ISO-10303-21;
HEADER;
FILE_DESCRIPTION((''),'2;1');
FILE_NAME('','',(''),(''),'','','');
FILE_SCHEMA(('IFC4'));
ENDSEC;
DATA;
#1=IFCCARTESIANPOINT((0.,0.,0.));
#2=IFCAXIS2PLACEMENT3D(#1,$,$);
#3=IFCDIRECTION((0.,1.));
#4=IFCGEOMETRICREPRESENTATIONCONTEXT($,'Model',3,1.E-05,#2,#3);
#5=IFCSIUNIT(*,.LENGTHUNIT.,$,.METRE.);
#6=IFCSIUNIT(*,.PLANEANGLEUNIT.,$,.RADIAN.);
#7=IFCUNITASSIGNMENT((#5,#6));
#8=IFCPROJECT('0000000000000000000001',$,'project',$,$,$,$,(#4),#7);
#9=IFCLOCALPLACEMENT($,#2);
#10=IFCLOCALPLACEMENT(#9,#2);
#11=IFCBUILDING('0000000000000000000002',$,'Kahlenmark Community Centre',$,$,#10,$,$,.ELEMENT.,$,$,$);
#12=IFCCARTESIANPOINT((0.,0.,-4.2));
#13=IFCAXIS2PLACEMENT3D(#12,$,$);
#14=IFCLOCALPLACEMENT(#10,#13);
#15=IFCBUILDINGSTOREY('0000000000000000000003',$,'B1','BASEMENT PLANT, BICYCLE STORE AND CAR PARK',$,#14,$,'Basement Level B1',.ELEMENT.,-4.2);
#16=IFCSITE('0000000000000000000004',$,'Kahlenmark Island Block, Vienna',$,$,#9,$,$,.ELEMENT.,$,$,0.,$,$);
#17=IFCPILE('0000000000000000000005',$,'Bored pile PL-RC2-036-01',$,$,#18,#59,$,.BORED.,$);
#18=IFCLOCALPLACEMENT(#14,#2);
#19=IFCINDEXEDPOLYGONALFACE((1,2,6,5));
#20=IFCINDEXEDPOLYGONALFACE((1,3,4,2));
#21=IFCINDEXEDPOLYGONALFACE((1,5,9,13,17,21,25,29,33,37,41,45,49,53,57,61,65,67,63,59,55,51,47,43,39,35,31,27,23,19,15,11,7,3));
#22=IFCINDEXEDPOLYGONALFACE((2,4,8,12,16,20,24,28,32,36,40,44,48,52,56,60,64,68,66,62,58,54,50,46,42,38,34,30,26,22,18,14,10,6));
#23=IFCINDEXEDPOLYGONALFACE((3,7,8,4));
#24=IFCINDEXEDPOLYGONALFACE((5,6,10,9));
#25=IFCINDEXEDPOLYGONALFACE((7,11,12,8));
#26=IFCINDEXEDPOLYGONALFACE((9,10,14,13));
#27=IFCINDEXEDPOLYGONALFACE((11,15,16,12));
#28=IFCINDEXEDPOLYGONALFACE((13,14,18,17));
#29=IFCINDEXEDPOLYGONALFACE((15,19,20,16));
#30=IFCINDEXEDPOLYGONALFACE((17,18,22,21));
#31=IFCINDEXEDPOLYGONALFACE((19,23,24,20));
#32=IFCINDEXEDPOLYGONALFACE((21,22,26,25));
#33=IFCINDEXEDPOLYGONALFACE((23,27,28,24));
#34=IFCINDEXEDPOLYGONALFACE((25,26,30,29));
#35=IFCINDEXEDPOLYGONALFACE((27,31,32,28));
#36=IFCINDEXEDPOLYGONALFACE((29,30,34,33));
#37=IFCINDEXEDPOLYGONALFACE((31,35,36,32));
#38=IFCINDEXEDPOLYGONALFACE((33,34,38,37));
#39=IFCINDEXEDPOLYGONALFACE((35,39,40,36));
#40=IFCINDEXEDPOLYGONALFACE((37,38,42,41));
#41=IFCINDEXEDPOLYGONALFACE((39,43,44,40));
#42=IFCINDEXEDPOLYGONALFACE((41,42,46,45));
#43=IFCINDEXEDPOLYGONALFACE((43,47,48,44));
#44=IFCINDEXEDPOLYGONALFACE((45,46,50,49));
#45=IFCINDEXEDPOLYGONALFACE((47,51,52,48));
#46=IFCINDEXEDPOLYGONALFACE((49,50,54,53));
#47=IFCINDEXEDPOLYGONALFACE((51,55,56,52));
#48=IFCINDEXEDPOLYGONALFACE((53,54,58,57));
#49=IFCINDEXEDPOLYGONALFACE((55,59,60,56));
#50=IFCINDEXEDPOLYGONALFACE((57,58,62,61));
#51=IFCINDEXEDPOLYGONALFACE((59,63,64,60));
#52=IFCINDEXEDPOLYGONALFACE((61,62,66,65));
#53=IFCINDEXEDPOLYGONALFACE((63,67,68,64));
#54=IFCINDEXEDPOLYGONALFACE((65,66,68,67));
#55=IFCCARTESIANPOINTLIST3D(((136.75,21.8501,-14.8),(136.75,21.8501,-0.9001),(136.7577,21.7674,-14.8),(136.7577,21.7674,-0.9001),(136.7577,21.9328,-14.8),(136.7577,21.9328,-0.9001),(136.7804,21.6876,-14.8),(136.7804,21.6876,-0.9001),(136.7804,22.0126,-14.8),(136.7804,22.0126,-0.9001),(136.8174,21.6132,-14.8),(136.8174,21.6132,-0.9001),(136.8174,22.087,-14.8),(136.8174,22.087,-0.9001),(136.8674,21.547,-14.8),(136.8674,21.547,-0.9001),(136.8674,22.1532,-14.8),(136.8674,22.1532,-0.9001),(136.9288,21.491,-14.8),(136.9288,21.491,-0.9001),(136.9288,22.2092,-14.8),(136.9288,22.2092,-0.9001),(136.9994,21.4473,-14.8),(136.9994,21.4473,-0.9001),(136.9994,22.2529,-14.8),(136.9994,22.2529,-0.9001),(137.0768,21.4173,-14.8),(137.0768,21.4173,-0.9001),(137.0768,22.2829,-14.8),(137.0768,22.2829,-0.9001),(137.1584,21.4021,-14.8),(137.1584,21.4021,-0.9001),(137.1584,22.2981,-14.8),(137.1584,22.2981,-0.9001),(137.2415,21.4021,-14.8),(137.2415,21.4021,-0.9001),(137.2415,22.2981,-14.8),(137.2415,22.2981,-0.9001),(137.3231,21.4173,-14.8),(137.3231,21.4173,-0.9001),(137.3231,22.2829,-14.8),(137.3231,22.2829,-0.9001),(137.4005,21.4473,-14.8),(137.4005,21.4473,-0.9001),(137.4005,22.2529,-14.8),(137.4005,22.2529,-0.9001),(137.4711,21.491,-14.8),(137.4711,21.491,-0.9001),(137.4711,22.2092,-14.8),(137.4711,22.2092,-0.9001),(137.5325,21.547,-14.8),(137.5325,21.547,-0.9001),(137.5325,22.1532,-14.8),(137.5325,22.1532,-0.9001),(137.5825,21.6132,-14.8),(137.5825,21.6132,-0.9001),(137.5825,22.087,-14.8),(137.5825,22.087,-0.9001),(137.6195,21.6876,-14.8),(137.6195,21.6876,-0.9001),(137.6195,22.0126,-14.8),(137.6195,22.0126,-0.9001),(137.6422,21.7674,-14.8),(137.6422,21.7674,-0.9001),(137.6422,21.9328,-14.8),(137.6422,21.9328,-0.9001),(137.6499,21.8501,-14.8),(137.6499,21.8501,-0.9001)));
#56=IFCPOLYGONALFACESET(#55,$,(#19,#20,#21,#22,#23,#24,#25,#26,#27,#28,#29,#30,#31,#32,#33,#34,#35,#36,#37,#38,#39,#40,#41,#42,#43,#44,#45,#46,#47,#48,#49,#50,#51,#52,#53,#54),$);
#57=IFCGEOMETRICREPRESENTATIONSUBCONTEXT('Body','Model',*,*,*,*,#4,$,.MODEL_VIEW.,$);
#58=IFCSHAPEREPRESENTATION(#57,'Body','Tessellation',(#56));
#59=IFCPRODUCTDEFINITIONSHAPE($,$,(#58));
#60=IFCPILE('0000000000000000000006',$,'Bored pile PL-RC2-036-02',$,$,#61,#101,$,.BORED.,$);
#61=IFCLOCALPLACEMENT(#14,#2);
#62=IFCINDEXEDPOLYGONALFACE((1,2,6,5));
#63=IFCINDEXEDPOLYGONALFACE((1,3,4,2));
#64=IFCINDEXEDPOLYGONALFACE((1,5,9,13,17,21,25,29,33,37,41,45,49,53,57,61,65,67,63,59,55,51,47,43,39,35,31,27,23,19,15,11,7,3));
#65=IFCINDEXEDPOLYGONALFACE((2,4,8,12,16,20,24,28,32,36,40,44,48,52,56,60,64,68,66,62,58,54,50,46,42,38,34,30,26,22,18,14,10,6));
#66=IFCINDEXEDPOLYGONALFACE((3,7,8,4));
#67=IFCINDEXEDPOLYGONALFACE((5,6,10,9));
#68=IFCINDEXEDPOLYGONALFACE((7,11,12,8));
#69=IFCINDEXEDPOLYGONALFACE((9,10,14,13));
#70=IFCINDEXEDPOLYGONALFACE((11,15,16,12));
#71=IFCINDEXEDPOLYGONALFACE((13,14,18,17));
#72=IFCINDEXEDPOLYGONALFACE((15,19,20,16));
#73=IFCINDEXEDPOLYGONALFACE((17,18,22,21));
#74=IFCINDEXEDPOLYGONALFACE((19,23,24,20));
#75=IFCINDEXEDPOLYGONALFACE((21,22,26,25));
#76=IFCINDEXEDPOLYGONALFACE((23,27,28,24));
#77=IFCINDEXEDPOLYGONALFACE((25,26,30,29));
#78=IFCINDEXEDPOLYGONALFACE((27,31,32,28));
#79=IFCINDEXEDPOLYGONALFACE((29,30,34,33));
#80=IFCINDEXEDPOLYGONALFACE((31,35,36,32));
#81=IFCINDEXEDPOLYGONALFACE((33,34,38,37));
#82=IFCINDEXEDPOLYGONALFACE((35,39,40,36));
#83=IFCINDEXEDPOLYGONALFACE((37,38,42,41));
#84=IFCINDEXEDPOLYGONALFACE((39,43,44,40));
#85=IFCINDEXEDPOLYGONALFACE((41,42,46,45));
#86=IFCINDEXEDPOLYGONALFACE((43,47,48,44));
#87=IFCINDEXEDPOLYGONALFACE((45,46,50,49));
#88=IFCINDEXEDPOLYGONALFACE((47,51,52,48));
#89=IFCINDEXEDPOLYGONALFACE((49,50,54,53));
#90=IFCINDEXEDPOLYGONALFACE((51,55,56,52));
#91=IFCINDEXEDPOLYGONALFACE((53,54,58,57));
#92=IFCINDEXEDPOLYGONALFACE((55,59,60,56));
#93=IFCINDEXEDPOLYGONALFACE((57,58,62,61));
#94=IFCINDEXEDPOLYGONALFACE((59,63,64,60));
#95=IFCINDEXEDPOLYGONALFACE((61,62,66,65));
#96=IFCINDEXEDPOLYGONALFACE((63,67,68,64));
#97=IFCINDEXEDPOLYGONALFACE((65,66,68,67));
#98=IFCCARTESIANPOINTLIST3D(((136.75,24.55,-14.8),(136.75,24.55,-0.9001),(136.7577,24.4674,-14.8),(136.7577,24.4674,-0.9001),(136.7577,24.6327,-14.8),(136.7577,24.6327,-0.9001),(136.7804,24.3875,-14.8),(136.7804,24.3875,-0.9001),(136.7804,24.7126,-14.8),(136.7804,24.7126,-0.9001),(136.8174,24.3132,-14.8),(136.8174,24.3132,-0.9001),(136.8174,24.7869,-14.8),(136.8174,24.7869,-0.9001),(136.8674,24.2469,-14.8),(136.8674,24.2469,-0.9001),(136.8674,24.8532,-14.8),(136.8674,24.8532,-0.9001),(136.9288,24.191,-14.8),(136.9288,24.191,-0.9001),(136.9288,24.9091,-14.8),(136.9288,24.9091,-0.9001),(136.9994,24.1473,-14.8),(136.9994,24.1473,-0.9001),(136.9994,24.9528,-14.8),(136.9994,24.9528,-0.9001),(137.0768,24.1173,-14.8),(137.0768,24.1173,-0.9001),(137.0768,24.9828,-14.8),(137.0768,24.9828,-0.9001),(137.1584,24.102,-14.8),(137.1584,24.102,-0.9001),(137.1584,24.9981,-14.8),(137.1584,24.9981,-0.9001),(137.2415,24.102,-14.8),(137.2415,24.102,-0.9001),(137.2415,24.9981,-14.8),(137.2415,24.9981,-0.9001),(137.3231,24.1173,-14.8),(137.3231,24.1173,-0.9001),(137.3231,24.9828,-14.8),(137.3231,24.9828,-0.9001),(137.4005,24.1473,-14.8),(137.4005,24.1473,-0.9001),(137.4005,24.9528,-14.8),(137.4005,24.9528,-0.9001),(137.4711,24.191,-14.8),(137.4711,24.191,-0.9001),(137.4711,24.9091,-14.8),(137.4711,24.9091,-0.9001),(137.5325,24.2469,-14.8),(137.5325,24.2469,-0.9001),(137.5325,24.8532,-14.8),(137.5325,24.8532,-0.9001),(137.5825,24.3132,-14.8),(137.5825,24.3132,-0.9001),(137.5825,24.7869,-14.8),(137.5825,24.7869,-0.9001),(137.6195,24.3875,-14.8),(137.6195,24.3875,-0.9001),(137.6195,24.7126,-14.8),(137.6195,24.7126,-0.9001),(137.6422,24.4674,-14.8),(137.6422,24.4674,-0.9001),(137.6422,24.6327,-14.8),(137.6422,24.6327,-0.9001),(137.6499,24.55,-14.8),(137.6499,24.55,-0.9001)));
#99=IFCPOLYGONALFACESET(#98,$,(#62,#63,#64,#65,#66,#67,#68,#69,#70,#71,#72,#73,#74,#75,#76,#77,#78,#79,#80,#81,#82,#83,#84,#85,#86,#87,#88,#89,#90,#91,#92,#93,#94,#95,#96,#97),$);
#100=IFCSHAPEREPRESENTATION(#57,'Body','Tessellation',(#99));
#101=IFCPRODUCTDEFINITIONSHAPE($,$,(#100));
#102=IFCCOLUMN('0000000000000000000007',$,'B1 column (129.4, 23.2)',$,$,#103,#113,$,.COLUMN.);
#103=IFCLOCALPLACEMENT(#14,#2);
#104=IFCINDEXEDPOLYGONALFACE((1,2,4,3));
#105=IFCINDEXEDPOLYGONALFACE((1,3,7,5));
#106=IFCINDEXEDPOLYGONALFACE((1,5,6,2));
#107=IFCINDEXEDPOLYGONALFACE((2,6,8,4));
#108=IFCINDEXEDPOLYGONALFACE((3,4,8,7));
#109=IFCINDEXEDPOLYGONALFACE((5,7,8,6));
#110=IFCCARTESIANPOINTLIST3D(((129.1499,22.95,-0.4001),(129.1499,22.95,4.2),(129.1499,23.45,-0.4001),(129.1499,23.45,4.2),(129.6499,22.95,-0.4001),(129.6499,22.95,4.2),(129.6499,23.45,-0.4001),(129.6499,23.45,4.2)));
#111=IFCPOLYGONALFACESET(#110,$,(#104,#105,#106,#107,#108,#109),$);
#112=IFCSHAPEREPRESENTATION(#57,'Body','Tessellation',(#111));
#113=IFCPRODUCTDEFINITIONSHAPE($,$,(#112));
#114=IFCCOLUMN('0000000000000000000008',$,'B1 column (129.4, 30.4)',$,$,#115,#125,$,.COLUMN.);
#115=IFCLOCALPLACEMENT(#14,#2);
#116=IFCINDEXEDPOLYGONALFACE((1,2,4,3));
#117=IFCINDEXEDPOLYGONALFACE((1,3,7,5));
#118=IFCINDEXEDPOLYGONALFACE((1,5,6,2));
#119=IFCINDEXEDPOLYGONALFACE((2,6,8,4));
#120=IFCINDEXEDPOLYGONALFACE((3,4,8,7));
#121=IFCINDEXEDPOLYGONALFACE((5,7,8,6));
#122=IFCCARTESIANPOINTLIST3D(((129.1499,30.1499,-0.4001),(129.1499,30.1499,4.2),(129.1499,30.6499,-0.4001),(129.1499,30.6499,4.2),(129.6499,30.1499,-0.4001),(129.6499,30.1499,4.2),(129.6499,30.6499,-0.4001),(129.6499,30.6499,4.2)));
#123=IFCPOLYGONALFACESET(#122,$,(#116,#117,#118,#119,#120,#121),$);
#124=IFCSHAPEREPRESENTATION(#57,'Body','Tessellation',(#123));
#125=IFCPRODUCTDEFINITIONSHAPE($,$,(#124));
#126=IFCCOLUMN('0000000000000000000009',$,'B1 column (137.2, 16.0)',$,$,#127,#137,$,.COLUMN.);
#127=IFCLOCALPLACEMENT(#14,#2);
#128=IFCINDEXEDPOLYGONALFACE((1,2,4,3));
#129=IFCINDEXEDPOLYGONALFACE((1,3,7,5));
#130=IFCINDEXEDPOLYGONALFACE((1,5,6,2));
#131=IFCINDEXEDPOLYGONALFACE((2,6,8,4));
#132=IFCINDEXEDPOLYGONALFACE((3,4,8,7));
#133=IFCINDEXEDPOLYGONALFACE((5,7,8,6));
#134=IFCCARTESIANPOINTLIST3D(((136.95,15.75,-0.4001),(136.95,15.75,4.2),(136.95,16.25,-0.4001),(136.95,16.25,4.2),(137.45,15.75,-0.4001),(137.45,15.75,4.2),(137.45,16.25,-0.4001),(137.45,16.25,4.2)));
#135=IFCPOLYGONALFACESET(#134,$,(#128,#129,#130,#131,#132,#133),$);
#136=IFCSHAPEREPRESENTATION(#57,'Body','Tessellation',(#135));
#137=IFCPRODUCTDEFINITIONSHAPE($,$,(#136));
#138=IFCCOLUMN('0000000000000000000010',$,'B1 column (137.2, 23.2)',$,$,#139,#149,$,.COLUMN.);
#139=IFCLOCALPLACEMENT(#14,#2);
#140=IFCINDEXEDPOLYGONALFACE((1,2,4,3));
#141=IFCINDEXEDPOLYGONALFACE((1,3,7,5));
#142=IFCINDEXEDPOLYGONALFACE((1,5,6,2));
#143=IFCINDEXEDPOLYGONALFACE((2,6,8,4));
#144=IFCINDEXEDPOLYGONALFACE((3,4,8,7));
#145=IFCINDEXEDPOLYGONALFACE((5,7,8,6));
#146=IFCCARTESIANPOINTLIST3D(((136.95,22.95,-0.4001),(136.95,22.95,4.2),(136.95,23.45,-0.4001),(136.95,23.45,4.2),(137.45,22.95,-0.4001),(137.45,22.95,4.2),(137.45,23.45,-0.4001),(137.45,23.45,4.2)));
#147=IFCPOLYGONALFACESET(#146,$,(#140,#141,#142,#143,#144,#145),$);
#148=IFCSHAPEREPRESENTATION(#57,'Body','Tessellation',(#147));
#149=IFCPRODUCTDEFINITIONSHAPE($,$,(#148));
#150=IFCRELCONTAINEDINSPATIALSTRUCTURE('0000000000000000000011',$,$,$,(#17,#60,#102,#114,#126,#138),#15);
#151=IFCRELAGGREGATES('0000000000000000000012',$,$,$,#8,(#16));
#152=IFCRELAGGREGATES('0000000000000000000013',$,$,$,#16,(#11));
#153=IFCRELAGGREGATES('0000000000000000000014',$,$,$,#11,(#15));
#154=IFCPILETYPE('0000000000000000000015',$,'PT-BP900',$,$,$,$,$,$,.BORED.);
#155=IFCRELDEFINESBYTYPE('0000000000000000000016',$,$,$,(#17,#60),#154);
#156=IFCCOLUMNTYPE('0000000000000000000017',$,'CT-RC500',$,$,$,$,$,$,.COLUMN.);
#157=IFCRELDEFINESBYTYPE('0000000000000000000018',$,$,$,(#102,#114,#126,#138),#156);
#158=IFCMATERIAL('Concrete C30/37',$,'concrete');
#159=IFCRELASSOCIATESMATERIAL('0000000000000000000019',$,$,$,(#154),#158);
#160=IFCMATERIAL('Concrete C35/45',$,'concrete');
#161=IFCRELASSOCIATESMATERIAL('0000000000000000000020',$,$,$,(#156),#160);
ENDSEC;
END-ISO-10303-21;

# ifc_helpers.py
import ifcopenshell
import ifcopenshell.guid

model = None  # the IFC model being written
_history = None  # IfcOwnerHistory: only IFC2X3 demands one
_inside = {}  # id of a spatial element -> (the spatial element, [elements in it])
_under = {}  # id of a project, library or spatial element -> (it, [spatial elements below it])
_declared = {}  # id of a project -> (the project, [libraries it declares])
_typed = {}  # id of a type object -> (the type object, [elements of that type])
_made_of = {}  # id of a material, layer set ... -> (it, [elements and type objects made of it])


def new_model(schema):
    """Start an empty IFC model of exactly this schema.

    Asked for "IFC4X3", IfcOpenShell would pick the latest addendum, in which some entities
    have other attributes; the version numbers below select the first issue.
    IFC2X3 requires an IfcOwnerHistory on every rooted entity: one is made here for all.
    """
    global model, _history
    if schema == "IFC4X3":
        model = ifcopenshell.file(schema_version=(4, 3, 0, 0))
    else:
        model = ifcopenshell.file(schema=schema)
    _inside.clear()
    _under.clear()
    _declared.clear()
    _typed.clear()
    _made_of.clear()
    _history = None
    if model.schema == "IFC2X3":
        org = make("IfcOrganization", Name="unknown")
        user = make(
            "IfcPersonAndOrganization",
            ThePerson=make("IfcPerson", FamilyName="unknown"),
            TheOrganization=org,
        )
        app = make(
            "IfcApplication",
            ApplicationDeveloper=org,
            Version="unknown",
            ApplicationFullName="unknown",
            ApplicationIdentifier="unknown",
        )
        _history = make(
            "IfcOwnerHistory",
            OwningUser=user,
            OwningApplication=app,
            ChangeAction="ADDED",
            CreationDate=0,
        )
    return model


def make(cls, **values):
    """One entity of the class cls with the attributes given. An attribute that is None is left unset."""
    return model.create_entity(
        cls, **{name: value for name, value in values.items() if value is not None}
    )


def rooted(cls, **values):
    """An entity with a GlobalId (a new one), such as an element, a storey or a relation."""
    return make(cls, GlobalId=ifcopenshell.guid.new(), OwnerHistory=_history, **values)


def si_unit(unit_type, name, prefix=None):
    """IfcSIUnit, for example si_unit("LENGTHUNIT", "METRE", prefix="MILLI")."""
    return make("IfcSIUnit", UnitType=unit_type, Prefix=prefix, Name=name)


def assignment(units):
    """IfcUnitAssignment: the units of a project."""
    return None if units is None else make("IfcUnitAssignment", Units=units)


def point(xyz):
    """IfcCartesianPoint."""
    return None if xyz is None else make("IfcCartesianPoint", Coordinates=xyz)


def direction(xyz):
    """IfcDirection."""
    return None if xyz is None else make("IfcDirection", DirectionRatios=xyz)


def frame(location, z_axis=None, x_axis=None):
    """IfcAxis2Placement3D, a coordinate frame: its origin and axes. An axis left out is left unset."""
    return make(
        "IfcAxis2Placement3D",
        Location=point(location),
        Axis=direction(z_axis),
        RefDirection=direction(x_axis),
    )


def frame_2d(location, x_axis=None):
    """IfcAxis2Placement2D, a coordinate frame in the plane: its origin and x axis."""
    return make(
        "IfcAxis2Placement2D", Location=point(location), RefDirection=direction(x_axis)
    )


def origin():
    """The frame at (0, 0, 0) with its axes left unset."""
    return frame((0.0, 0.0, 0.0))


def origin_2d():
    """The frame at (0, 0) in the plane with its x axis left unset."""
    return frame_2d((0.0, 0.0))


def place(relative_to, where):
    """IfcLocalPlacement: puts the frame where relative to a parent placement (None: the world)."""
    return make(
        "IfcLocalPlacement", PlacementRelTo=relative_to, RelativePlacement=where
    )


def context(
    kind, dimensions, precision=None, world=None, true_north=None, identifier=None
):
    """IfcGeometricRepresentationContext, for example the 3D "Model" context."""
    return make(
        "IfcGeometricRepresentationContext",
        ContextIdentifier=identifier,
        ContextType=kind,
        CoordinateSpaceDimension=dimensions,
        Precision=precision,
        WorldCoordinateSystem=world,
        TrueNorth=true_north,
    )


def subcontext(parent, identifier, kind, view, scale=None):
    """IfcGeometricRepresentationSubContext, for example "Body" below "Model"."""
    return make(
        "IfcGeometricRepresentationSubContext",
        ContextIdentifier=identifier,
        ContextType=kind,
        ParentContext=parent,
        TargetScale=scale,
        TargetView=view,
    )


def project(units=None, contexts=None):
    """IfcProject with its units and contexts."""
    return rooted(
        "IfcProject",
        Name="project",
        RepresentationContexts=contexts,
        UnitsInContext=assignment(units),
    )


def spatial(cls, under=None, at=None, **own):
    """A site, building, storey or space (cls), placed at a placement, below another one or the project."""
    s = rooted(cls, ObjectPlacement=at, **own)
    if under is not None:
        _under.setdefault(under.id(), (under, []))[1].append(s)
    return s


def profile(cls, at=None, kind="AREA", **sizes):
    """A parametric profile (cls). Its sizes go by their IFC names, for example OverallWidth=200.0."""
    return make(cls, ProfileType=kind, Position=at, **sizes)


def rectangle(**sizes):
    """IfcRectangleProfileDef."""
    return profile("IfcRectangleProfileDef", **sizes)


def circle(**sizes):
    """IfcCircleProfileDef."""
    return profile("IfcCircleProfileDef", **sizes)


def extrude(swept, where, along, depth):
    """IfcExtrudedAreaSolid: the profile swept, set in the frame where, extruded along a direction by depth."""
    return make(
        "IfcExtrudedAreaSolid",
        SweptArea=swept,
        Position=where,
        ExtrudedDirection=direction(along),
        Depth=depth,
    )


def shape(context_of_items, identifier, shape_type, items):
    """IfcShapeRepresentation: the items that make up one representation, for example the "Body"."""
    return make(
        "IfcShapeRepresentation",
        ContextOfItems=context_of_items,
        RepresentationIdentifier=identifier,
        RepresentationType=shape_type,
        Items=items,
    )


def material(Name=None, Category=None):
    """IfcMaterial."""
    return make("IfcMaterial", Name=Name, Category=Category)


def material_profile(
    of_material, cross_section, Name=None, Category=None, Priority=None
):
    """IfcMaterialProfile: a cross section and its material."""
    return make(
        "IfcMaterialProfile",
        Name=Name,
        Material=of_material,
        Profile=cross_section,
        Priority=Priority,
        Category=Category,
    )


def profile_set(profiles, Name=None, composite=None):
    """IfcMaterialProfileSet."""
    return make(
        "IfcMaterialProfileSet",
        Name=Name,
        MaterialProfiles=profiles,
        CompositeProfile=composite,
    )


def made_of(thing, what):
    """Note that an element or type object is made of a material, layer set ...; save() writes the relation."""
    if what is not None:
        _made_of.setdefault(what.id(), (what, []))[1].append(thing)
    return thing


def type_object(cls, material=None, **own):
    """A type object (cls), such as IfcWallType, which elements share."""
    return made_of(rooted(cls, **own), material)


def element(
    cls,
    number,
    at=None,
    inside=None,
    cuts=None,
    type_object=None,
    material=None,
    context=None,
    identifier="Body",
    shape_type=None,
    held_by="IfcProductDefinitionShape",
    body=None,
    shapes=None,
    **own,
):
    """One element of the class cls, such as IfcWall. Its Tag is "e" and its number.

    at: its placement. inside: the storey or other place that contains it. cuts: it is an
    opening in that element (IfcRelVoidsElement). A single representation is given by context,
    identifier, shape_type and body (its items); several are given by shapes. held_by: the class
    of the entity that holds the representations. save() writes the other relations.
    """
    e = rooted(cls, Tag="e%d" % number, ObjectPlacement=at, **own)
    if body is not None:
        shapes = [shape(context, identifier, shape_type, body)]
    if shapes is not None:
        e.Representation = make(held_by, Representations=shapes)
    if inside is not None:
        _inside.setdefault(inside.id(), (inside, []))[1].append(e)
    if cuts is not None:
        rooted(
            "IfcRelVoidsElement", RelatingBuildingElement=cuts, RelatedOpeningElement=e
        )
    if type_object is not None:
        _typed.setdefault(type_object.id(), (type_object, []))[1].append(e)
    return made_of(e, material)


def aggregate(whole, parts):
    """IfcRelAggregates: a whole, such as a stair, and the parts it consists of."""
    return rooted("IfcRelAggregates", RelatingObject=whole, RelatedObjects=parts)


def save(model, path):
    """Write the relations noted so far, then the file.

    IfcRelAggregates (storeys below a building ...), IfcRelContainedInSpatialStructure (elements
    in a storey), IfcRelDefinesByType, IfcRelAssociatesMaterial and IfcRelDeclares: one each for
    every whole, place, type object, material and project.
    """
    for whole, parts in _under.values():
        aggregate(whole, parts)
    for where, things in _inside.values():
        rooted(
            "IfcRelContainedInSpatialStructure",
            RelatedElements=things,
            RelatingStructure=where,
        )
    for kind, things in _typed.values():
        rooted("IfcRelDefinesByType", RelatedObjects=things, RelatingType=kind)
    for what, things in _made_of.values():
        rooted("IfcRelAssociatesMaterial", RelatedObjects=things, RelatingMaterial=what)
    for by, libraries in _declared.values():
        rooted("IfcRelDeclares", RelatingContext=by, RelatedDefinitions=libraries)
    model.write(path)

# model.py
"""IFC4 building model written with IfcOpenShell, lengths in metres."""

from ifc_helpers import new_model, si_unit, direction, frame, origin, origin_2d, place, context, subcontext, project, spatial, rectangle, circle, extrude, material, material_profile, profile_set, type_object, element, save


model = new_model("IFC4")

# Units and contexts
model_context = context("Model", 3, precision=1e-05, world=origin(), true_north=direction((0.0, 1.0)))
body_context = subcontext(model_context, "Body", "Model", "MODEL_VIEW")
ifc_project = project(units=[si_unit("LENGTHUNIT", "METRE"), si_unit("PLANEANGLEUNIT", "RADIAN")], contexts=[model_context])

# Site, building, storey
site_placement = place(None, origin())
site = spatial("IfcSite", under=ifc_project, at=site_placement, Name="Kahlenmark Island Block, Vienna", CompositionType="ELEMENT", RefElevation=0.0)
building_placement = place(site_placement, origin())
building = spatial("IfcBuilding", under=site, at=building_placement, Name="Kahlenmark Community Centre", CompositionType="ELEMENT")
storey_placement = place(building_placement, frame((0.0, 0.0, -4.2)))
storey = spatial("IfcBuildingStorey", under=building, at=storey_placement, Name="B1", Description="BASEMENT PLANT, BICYCLE STORE AND CAR PARK", LongName="Basement Level B1", CompositionType="ELEMENT", Elevation=-4.2)

# Shared definitions
ifc_material_1 = material(Name="Concrete C30/37", Category="concrete")

# Piles
ifc_material_profile_1 = material_profile(ifc_material_1, circle(Radius=0.45, at=origin_2d()), Name="BORED PILE 900")
ifc_profile_set_1 = profile_set([ifc_material_profile_1], Name="Concrete C30/37")
pile_type_1 = type_object("IfcPileType", Name="PT-BP900", PredefinedType="BORED", material=ifc_profile_set_1)
for number, where, z_axis, x_axis, name in (
    (1, (137.2, 21.8501, -0.9001), (0.0, 0.0, -1.0), (1.0, 0.0, 0.0), "Bored pile PL-RC2-036-01"),
    (2, (137.2, 24.55, -0.9001), (0.0, 0.0, -1.0), (1.0, 0.0, 0.0), "Bored pile PL-RC2-036-02"),
):
    element("IfcPile", number, at=place(storey_placement, frame(where, z_axis=z_axis, x_axis=x_axis)), inside=storey, type_object=pile_type_1, Name=name, PredefinedType="BORED", context=body_context, shape_type="SweptSolid", body=[
        extrude(circle(Radius=0.45, at=origin_2d()), origin(), (0.0, 0.0, 1.0), 13.8999),
    ])

# Columns
ifc_material_2 = material(Name="Concrete C35/45", Category="concrete")
ifc_material_profile_2 = material_profile(ifc_material_2, rectangle(XDim=0.5, YDim=0.5, at=origin_2d()), Name="RC 500x500")
ifc_profile_set_2 = profile_set([ifc_material_profile_2], Name="Concrete C35/45")
column_type = type_object("IfcColumnType", Name="CT-RC500", PredefinedType="COLUMN", material=ifc_profile_set_2)
for number, where, z_axis, x_axis, name in (
    (3, (129.3999, 23.2, -0.4001), (0.0, 0.0, 1.0), (1.0, 0.0, 0.0), "B1 column (129.4, 23.2)"),
    (4, (129.3999, 30.3999, -0.4001), (0.0, 0.0, 1.0), (1.0, 0.0, 0.0), "B1 column (129.4, 30.4)"),
    (5, (137.2, 16.0, -0.4001), (0.0, 0.0, 1.0), (1.0, 0.0, 0.0), "B1 column (137.2, 16.0)"),
    (6, (137.2, 23.2, -0.4001), (0.0, 0.0, 1.0), (1.0, 0.0, 0.0), "B1 column (137.2, 23.2)"),
):
    element("IfcColumn", number, at=place(storey_placement, frame(where, z_axis=z_axis, x_axis=x_axis)), inside=storey, type_object=column_type, Name=name, PredefinedType="COLUMN", context=body_context, shape_type="SweptSolid", body=[
        extrude(rectangle(XDim=0.5, YDim=0.5, at=origin_2d()), origin(), (0.0, 0.0, 1.0), 4.6001),
    ])

save(model, "model.ifc")
